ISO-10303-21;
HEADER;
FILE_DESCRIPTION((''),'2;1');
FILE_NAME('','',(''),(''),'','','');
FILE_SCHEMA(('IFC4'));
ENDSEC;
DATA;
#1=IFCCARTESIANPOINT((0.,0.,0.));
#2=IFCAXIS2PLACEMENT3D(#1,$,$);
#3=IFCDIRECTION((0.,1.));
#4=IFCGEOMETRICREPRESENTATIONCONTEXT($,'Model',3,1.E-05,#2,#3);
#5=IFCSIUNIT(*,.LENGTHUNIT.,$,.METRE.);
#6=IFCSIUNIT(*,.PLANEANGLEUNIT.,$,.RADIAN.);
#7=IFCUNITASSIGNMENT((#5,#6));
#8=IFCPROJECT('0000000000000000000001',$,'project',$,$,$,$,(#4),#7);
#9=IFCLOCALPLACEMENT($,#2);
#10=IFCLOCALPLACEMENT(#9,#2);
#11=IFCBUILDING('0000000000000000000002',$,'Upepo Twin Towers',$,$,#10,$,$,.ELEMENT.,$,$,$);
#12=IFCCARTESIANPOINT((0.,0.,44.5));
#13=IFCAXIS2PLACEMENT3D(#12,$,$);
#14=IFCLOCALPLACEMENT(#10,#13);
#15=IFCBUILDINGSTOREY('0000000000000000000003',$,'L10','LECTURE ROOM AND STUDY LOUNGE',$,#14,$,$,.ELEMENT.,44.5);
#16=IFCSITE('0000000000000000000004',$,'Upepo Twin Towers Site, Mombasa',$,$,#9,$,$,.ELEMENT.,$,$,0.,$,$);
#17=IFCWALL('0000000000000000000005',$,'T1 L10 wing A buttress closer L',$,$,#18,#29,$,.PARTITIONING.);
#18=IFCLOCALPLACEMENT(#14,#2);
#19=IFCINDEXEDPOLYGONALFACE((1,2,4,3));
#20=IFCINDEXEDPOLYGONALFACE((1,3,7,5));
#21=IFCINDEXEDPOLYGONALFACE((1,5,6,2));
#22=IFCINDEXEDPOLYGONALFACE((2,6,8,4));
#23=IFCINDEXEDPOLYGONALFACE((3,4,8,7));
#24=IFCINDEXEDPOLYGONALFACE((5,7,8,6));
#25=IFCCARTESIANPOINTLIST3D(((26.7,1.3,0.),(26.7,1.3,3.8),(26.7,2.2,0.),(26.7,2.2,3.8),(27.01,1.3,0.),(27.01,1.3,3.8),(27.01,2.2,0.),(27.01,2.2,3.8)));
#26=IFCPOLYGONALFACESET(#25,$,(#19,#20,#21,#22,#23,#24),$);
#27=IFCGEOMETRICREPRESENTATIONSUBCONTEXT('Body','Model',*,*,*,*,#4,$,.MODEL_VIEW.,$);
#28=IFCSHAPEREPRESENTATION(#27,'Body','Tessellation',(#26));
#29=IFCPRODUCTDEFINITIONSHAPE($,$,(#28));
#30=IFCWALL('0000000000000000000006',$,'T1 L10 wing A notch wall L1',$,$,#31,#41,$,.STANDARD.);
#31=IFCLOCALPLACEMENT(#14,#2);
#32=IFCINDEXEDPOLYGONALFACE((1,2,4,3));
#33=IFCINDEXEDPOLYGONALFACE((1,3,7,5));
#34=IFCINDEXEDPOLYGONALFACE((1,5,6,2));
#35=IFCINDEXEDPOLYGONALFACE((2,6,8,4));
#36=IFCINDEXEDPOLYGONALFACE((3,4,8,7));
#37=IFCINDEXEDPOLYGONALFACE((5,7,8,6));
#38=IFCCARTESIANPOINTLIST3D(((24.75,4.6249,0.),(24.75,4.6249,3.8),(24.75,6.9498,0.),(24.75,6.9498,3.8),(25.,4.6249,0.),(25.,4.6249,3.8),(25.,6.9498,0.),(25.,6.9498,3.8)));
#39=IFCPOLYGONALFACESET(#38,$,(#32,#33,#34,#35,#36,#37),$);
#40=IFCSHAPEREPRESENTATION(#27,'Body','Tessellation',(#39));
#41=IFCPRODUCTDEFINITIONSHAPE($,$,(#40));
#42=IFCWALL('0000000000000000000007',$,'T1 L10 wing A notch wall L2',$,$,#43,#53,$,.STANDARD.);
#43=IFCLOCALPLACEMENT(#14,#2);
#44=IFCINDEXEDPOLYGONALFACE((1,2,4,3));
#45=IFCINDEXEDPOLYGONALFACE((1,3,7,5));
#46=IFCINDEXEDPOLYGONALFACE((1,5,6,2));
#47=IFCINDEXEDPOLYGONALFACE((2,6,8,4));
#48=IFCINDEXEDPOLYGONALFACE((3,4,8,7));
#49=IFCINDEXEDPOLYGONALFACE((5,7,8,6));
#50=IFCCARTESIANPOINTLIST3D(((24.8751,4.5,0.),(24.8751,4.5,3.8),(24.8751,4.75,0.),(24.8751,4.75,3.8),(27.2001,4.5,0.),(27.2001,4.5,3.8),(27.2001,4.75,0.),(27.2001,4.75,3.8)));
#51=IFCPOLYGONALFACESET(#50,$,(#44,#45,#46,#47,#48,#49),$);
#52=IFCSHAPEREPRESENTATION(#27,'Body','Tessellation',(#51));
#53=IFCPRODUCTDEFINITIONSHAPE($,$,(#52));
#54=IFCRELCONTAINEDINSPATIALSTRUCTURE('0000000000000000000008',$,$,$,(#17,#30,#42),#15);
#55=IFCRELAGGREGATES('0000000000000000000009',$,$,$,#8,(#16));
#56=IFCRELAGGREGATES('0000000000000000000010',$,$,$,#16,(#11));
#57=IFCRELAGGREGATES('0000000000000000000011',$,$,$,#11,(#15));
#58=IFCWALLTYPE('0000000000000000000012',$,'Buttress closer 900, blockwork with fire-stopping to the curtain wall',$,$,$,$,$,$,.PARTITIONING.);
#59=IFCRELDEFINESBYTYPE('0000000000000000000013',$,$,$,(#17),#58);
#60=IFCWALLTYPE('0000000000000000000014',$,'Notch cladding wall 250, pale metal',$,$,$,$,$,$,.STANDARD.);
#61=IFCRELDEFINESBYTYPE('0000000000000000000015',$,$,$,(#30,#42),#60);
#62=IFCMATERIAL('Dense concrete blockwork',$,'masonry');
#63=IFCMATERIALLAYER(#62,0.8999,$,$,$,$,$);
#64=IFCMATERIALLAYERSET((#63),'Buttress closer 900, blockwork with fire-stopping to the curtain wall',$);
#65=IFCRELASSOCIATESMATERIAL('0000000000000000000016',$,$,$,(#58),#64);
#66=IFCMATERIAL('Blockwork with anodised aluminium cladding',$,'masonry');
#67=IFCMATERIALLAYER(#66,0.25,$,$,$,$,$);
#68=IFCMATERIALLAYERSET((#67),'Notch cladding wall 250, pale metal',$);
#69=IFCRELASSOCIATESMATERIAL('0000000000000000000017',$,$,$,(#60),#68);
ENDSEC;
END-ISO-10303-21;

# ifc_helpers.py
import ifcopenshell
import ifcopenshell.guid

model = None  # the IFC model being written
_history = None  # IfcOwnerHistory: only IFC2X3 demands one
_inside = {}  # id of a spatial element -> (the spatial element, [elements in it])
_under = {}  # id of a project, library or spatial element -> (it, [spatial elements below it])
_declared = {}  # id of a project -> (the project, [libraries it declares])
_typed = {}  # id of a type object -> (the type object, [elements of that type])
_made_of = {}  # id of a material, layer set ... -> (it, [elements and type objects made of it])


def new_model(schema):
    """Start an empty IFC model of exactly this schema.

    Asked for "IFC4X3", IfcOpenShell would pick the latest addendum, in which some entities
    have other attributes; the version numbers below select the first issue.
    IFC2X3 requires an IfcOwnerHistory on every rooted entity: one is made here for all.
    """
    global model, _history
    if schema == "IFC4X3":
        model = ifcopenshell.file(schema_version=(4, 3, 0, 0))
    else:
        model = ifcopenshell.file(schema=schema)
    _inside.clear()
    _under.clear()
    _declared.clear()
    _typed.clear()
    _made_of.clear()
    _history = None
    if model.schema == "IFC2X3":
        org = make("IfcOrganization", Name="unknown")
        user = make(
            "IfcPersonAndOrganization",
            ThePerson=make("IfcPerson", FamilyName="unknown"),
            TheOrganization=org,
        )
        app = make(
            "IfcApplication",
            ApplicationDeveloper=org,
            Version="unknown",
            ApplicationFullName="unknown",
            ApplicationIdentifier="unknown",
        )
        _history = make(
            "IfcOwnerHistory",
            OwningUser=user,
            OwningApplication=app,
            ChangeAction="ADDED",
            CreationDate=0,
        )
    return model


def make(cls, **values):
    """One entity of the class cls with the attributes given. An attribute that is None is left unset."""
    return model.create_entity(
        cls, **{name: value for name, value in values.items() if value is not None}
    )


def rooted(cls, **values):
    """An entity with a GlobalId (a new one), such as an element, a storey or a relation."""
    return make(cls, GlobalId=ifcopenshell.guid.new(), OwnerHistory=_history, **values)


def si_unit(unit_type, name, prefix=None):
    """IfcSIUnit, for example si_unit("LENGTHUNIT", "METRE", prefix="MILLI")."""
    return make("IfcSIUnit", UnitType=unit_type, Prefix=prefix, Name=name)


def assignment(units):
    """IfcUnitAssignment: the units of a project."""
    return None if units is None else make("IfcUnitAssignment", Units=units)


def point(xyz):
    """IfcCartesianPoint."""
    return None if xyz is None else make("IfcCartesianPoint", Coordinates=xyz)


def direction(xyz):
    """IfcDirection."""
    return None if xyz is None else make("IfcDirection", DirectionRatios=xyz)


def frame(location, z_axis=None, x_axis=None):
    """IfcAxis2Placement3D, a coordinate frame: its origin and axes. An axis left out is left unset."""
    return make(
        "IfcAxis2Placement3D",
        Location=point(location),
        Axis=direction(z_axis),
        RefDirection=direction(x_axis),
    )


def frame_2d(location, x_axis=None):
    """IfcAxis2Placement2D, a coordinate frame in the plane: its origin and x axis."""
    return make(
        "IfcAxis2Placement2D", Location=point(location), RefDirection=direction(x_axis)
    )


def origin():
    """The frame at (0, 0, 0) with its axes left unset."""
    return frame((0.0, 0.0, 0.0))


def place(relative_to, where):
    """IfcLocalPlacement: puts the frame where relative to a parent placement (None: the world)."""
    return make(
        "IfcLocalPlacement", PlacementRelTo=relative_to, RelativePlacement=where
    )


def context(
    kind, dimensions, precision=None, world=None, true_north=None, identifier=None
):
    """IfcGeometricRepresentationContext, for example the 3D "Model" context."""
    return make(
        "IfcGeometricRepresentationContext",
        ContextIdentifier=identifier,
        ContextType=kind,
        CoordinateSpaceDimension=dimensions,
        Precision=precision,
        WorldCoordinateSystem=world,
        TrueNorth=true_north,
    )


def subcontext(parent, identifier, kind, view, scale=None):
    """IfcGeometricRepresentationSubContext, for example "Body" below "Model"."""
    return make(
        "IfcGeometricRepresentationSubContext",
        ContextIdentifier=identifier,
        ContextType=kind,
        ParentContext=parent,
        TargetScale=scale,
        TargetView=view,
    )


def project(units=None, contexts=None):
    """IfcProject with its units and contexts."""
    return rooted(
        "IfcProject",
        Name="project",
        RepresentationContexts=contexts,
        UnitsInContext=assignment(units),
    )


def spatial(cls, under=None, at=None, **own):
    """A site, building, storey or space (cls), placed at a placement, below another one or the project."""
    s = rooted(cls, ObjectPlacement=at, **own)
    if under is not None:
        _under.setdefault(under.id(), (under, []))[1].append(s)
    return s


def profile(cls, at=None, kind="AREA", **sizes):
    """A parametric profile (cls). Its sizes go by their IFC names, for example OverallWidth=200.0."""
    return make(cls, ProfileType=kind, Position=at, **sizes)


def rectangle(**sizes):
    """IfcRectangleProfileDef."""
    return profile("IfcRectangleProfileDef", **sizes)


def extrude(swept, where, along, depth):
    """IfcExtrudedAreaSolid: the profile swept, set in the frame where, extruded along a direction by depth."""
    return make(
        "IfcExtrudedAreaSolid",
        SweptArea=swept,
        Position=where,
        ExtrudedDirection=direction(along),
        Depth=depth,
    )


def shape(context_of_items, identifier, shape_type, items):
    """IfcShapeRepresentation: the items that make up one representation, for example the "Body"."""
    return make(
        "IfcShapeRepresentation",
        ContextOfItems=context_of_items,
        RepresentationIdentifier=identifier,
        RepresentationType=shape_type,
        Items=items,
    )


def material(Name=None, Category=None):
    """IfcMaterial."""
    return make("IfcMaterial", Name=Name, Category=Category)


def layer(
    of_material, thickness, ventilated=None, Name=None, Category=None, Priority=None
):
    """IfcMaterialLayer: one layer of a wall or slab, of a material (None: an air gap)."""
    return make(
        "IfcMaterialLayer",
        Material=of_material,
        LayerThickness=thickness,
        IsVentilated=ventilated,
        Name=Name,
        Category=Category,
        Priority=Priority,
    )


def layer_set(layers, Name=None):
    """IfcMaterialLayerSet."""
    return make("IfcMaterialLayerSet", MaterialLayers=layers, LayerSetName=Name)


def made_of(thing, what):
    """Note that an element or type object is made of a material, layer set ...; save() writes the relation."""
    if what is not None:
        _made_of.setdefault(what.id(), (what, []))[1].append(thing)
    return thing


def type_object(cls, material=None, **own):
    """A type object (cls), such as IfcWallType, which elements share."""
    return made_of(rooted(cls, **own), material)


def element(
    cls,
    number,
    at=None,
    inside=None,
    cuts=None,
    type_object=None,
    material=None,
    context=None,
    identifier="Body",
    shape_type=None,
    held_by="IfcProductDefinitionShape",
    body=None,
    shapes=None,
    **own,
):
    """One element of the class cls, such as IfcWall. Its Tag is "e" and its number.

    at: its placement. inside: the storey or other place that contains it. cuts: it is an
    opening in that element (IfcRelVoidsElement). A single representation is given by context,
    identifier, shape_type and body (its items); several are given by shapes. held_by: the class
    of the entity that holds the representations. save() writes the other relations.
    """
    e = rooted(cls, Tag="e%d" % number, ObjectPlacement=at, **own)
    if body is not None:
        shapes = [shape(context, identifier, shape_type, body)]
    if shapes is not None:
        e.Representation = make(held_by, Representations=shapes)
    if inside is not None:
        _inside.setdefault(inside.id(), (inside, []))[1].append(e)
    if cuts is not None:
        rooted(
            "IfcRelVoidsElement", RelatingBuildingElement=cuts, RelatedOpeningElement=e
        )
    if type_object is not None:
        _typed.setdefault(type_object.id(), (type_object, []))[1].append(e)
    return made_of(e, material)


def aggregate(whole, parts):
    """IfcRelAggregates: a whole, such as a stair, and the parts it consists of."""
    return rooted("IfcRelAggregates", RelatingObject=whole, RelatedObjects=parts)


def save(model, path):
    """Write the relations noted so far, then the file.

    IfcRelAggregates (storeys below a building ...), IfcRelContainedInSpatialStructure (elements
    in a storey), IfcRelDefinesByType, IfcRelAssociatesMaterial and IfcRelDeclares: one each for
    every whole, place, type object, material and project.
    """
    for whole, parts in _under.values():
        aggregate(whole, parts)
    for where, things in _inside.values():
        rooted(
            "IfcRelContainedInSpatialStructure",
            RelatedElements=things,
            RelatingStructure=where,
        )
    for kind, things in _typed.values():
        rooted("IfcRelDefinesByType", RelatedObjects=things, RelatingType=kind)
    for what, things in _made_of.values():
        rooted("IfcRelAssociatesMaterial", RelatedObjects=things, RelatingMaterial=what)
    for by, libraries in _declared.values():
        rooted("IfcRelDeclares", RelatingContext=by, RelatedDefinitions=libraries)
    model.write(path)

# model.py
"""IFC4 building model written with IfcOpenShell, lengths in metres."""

from ifc_helpers import new_model, si_unit, direction, frame, frame_2d, origin, place, context, subcontext, project, spatial, rectangle, extrude, material, layer, layer_set, type_object, element, save


model = new_model("IFC4")

# Units and contexts
model_context = context("Model", 3, precision=1e-05, world=origin(), true_north=direction((0.0, 1.0)))
body_context = subcontext(model_context, "Body", "Model", "MODEL_VIEW")
ifc_project = project(units=[si_unit("LENGTHUNIT", "METRE"), si_unit("PLANEANGLEUNIT", "RADIAN")], contexts=[model_context])

# Site, building, storey
site_placement = place(None, origin())
site = spatial("IfcSite", under=ifc_project, at=site_placement, Name="Upepo Twin Towers Site, Mombasa", CompositionType="ELEMENT", RefElevation=0.0)
building_placement = place(site_placement, origin())
building = spatial("IfcBuilding", under=site, at=building_placement, Name="Upepo Twin Towers", CompositionType="ELEMENT")
storey_placement = place(building_placement, frame((0.0, 0.0, 44.5)))
storey = spatial("IfcBuildingStorey", under=building, at=storey_placement, Name="L10", Description="LECTURE ROOM AND STUDY LOUNGE", CompositionType="ELEMENT", Elevation=44.5)

# Walls
ifc_material_1 = material(Name="Dense concrete blockwork", Category="masonry")
ifc_layer_1 = layer(ifc_material_1, 0.8999)
ifc_layer_set_1 = layer_set([ifc_layer_1], Name="Buttress closer 900, blockwork with fire-stopping to the curtain wall")
wall_type_1 = type_object("IfcWallType", Name="Buttress closer 900, blockwork with fire-stopping to the curtain wall", PredefinedType="PARTITIONING", material=ifc_layer_set_1)
wall_1_placement = place(storey_placement, frame((26.7, 1.75, 0.0), z_axis=(0.0, 0.0, 1.0), x_axis=(1.0, 0.0, 0.0)))
element("IfcWall", 1, at=wall_1_placement, inside=storey, type_object=wall_type_1, Name="T1 L10 wing A buttress closer L", PredefinedType="PARTITIONING", context=body_context, shape_type="SweptSolid", body=[
    extrude(rectangle(XDim=0.3101, YDim=0.8999, at=frame_2d((0.155, 0.0))), origin(), (0.0, 0.0, 1.0), 3.8),
])
ifc_material_2 = material(Name="Blockwork with anodised aluminium cladding", Category="masonry")
ifc_layer_2 = layer(ifc_material_2, 0.25)
ifc_layer_set_2 = layer_set([ifc_layer_2], Name="Notch cladding wall 250, pale metal")
wall_type_2 = type_object("IfcWallType", Name="Notch cladding wall 250, pale metal", PredefinedType="STANDARD", material=ifc_layer_set_2)
for number, where, z_axis, x_axis, name in (
    (2, (24.875, 6.95, 0.0), (0.0, 0.0, 1.0), (0.0, -1.0, 0.0), "T1 L10 wing A notch wall L1"),
    (3, (24.875, 4.625, 0.0), (0.0, 0.0, 1.0), (1.0, 0.0, 0.0), "T1 L10 wing A notch wall L2"),
):
    element("IfcWall", number, at=place(storey_placement, frame(where, z_axis=z_axis, x_axis=x_axis)), inside=storey, type_object=wall_type_2, Name=name, PredefinedType="STANDARD", context=body_context, shape_type="SweptSolid", body=[
        extrude(rectangle(XDim=2.325, YDim=0.25, at=frame_2d((1.1626, 0.0))), origin(), (0.0, 0.0, 1.0), 3.8),
    ])

save(model, "model.ifc")
